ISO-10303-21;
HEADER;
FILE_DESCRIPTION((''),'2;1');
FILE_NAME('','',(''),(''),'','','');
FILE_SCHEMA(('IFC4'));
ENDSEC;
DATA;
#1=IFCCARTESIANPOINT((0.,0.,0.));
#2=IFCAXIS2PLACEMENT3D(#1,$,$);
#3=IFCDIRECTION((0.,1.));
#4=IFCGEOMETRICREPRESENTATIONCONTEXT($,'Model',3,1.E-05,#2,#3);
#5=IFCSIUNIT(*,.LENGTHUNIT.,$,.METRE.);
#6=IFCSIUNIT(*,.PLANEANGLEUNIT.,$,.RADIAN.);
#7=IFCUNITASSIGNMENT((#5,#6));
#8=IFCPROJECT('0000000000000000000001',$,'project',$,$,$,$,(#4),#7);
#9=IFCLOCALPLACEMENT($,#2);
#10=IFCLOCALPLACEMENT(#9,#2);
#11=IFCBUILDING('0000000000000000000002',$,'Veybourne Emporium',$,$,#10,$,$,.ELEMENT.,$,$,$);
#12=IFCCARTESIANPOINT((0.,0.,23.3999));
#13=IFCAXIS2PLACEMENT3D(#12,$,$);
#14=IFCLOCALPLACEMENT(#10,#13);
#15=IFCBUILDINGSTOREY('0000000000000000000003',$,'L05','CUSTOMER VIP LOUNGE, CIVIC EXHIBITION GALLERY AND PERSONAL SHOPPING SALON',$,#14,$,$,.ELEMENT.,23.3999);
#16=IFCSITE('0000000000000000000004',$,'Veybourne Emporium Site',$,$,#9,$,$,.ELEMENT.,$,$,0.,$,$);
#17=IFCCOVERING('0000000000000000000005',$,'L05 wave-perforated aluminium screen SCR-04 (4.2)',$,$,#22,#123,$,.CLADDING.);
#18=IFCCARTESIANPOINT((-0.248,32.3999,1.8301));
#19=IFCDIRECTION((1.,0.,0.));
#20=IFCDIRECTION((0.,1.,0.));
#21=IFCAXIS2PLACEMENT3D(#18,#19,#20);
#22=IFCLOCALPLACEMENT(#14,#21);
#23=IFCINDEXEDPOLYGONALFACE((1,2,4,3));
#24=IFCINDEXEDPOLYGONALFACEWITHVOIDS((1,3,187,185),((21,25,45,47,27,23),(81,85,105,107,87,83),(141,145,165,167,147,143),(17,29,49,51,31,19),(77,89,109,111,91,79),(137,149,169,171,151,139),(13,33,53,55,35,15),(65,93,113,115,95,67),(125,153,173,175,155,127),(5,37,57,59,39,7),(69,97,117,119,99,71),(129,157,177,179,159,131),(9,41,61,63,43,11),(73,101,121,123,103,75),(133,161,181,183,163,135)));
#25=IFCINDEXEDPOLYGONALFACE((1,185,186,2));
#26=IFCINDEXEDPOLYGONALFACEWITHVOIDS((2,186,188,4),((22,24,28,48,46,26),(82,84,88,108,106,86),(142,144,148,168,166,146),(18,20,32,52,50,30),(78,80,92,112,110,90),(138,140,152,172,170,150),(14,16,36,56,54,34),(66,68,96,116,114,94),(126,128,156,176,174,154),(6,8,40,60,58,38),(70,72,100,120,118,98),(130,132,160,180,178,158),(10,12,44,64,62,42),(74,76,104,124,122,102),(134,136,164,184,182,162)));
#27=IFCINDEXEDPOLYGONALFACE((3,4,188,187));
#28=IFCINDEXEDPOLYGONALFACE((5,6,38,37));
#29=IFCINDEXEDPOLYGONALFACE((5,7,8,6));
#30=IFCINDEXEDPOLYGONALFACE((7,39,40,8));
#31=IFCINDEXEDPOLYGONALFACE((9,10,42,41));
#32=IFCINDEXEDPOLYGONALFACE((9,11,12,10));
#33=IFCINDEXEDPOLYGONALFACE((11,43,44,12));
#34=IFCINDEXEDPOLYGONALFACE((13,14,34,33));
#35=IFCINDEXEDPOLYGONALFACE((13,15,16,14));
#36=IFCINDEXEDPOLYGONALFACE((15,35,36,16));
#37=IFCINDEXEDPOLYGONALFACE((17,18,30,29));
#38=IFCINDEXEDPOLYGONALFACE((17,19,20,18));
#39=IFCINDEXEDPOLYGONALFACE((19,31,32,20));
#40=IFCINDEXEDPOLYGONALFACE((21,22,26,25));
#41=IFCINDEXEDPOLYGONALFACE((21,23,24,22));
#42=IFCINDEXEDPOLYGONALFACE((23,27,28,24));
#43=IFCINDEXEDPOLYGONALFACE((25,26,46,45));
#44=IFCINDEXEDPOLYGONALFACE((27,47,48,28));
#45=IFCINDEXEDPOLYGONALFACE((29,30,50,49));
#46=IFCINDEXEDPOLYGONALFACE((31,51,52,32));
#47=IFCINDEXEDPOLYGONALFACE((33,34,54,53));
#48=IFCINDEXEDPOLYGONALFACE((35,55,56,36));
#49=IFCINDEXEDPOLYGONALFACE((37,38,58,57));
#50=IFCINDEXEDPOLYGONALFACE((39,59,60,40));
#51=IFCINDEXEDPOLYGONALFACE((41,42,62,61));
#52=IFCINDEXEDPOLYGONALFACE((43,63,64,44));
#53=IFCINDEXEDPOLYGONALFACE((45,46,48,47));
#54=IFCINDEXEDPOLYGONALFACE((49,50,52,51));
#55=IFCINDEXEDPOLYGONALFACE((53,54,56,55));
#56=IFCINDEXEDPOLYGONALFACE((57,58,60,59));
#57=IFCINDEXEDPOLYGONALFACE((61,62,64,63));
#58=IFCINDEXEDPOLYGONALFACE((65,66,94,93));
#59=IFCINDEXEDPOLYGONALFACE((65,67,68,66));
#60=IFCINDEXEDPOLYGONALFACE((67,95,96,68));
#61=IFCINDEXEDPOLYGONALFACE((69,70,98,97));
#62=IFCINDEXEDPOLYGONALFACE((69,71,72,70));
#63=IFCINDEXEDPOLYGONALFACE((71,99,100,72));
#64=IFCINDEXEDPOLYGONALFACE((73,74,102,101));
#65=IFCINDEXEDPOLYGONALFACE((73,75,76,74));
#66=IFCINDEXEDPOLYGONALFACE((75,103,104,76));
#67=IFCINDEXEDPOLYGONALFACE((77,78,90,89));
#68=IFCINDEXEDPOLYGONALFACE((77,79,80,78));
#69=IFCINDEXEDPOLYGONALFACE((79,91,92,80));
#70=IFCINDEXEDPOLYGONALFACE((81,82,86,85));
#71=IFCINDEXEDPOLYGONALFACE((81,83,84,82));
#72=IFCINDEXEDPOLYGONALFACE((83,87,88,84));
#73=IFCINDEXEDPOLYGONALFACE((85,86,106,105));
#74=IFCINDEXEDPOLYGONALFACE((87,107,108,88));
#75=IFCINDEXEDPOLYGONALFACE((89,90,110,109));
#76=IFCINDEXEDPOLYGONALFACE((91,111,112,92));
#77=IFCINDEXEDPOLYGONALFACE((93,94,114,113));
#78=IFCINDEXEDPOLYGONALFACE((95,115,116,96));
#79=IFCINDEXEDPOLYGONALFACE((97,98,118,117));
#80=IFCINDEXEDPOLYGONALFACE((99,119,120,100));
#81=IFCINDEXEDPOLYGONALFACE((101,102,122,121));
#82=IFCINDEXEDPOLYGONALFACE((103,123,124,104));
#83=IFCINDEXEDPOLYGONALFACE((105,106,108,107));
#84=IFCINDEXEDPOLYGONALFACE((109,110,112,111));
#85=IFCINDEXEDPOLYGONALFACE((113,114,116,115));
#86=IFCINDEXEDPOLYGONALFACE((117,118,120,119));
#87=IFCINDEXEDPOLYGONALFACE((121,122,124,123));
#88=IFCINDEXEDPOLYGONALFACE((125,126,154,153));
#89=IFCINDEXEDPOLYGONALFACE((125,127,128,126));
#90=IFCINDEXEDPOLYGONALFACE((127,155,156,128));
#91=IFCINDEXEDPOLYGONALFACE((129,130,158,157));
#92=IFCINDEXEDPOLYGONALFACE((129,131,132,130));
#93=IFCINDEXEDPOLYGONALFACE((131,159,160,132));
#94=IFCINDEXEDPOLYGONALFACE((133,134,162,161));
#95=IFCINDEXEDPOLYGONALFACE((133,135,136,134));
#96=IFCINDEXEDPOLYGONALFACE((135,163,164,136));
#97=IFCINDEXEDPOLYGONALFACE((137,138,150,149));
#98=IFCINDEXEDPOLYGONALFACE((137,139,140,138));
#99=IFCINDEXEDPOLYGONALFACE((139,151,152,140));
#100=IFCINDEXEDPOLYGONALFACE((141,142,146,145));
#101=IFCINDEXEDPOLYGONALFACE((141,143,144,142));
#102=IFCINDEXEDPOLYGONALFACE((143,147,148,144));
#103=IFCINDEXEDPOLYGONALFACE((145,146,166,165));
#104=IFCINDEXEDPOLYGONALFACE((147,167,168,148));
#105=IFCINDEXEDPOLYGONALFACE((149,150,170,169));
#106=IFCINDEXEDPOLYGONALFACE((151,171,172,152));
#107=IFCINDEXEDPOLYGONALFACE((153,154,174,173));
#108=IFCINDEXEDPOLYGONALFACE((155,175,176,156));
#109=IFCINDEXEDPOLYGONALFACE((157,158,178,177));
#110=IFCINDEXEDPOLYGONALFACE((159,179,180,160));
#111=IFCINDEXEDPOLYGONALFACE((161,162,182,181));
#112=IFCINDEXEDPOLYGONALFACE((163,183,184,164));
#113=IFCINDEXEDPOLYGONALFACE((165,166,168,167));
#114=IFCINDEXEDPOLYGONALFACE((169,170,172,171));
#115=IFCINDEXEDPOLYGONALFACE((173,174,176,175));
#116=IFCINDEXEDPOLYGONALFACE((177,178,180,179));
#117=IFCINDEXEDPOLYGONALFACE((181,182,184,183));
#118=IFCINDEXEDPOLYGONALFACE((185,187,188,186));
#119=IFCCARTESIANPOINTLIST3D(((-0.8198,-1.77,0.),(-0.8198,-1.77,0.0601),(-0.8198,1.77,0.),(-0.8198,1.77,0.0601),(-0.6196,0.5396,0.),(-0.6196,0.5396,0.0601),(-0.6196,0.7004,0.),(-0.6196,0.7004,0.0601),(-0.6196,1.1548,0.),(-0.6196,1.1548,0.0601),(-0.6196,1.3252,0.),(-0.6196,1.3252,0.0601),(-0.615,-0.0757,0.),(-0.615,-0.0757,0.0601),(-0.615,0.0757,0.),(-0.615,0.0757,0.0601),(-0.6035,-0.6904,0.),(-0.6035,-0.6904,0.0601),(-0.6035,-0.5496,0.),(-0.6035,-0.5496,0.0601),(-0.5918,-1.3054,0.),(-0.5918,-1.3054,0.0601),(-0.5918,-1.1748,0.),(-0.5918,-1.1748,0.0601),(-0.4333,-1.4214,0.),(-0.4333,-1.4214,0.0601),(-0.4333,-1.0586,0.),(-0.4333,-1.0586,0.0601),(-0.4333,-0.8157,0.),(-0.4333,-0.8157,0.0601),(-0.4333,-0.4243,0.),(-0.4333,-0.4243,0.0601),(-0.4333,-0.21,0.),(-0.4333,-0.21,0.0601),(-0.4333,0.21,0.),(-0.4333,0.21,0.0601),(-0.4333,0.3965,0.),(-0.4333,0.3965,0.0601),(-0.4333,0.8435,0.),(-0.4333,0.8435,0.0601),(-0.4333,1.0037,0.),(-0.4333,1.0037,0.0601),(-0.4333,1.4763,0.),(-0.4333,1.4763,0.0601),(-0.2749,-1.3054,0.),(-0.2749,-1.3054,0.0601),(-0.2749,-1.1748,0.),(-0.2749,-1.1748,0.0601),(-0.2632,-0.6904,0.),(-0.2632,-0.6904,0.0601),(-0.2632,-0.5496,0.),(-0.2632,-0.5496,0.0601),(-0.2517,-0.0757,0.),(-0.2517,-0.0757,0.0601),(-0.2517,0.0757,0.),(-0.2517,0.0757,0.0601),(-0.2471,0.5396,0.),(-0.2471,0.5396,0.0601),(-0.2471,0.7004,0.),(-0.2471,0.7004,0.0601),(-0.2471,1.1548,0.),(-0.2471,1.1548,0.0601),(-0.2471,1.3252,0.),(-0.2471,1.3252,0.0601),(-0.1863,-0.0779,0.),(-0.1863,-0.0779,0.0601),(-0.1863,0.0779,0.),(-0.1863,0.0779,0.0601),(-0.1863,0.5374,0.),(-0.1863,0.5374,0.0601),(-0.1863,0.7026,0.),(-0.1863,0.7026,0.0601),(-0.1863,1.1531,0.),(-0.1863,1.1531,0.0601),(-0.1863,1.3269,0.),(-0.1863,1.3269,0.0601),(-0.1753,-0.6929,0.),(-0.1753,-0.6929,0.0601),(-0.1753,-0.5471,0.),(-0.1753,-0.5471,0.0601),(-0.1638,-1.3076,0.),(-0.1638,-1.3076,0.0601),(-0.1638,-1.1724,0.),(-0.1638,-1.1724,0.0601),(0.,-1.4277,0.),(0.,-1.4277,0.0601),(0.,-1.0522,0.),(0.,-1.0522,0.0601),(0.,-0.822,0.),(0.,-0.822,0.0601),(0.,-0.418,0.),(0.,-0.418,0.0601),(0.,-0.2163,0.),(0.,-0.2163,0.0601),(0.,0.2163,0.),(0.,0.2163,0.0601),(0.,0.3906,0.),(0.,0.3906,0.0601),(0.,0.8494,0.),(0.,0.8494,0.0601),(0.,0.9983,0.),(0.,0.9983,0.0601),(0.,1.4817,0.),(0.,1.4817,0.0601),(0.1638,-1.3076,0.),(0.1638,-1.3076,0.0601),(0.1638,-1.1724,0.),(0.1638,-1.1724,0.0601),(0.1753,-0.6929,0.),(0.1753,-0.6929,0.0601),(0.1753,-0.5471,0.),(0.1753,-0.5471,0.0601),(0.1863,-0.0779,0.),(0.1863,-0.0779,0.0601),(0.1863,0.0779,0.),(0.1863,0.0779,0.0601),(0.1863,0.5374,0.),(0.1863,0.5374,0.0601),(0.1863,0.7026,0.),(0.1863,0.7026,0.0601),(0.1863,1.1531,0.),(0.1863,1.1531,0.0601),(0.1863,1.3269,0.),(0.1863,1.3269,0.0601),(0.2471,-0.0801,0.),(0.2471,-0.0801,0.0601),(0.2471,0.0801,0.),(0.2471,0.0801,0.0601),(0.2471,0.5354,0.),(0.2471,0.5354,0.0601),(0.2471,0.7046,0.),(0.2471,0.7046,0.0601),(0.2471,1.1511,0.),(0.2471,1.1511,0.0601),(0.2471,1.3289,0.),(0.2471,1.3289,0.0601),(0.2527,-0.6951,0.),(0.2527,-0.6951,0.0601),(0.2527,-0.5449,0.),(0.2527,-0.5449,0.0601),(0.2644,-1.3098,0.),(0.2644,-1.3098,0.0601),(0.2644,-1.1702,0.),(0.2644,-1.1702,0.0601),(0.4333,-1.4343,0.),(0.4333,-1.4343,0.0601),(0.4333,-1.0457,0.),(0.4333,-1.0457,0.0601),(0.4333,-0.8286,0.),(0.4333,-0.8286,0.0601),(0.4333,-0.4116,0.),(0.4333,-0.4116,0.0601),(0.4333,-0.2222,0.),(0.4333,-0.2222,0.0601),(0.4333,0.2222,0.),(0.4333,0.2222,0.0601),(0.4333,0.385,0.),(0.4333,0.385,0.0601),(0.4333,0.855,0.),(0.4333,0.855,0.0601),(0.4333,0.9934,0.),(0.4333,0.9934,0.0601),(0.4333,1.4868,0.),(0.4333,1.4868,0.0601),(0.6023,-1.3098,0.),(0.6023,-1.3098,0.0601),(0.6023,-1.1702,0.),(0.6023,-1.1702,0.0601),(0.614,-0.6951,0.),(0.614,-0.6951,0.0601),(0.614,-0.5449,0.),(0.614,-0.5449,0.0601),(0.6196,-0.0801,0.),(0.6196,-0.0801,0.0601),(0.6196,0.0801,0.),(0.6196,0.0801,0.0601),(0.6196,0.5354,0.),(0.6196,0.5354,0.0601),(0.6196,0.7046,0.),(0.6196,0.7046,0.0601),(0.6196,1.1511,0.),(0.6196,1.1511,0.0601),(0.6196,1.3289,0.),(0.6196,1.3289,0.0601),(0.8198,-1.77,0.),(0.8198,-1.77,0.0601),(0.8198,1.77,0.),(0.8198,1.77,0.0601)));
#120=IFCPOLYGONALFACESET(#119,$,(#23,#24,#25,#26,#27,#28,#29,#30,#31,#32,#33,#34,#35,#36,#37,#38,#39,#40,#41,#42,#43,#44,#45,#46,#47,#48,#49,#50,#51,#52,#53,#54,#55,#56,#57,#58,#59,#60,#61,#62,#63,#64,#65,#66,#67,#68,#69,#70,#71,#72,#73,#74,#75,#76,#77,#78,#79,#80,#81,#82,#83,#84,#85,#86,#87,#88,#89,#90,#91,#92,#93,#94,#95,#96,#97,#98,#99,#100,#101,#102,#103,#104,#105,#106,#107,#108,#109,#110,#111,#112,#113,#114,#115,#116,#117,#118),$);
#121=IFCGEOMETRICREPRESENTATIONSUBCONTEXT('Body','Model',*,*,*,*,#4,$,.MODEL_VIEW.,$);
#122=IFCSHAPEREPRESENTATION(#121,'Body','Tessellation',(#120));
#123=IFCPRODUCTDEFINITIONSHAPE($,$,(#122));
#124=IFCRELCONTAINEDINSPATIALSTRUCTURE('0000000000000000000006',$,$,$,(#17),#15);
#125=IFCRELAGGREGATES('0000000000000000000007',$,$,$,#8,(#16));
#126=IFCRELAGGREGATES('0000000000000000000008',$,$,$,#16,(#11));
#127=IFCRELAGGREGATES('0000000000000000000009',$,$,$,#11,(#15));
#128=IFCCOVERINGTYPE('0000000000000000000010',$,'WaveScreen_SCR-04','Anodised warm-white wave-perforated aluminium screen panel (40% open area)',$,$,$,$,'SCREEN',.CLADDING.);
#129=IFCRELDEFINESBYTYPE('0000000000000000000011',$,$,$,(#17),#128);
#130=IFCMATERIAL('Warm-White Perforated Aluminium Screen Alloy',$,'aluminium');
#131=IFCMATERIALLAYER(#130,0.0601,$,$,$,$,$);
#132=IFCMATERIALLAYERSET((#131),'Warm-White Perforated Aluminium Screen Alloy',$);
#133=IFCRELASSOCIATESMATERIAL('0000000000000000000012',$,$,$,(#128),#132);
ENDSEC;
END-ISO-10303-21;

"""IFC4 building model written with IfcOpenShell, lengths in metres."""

from ifc_helpers import new_model, si_unit, direction, frame, origin, place, context, subcontext, project, spatial, polyline, outline, extrude, material, layer, layer_set, type_object, element, save


model = new_model("IFC4")

# Units and contexts
model_context = context("Model", 3, precision=1e-05, world=origin(), true_north=direction((0.0, 1.0)))
body_context = subcontext(model_context, "Body", "Model", "MODEL_VIEW")
ifc_project = project(units=[si_unit("LENGTHUNIT", "METRE"), si_unit("PLANEANGLEUNIT", "RADIAN")], contexts=[model_context])

# Site, building, storey
site_placement = place(None, origin())
site = spatial("IfcSite", under=ifc_project, at=site_placement, Name="Veybourne Emporium Site", CompositionType="ELEMENT", RefElevation=0.0)
building_placement = place(site_placement, origin())
building = spatial("IfcBuilding", under=site, at=building_placement, Name="Veybourne Emporium", CompositionType="ELEMENT")
storey_placement = place(building_placement, frame((0.0, 0.0, 23.3999)))
storey = spatial("IfcBuildingStorey", under=building, at=storey_placement, Name="L05", Description="CUSTOMER VIP LOUNGE, CIVIC EXHIBITION GALLERY AND PERSONAL SHOPPING SALON", CompositionType="ELEMENT", Elevation=23.3999)

# Covering
ifc_material_1 = material(Name="Warm-White Perforated Aluminium Screen Alloy", Category="aluminium")
ifc_layer_1 = layer(ifc_material_1, 0.0601)
ifc_layer_set_1 = layer_set([ifc_layer_1], Name="Warm-White Perforated Aluminium Screen Alloy")
covering_type_1 = type_object("IfcCoveringType", Name="WaveScreen_SCR-04", Description="Anodised warm-white wave-perforated aluminium screen panel (40% open area)", ElementType="SCREEN", PredefinedType="CLADDING", material=ifc_layer_set_1)
covering_1_placement = place(storey_placement, frame((-0.248, 32.3999, 1.8301), z_axis=(1.0, 0.0, 0.0), x_axis=(0.0, 1.0, 0.0)))
element("IfcCovering", 1, at=covering_1_placement, inside=storey, type_object=covering_type_1, Name="L05 wave-perforated aluminium screen SCR-04 (4.2)", PredefinedType="CLADDING", context=body_context, shape_type="SweptSolid", body=[
    extrude(outline(polyline([(-0.8198, -1.77), (0.8198, -1.77), (0.8198, 1.77), (-0.8198, 1.77), (-0.8198, -1.77)]), holes=[polyline([(-0.4333, -1.0586), (-0.2749, -1.1748), (-0.2749, -1.3054), (-0.4333, -1.4214), (-0.5918, -1.3054), (-0.5918, -1.1748), (-0.4333, -1.0586)]), polyline([(-0.4333, -0.4243), (-0.2632, -0.5496), (-0.2632, -0.6904), (-0.4333, -0.8157), (-0.6035, -0.6904), (-0.6035, -0.5496), (-0.4333, -0.4243)]), polyline([(-0.4333, 0.21), (-0.2517, 0.0757), (-0.2517, -0.0757), (-0.4333, -0.21), (-0.615, -0.0757), (-0.615, 0.0757), (-0.4333, 0.21)]), polyline([(-0.4333, 0.8435), (-0.2471, 0.7004), (-0.2471, 0.5396), (-0.4333, 0.3965), (-0.6196, 0.5396), (-0.6196, 0.7004), (-0.4333, 0.8435)]), polyline([(-0.4333, 1.4763), (-0.2471, 1.3252), (-0.2471, 1.1548), (-0.4333, 1.0037), (-0.6196, 1.1548), (-0.6196, 1.3252), (-0.4333, 1.4763)]), polyline([(0.0, -1.0522), (0.1638, -1.1724), (0.1638, -1.3076), (0.0, -1.4277), (-0.1638, -1.3076), (-0.1638, -1.1724), (0.0, -1.0522)]), polyline([(0.0, -0.418), (0.1753, -0.5471), (0.1753, -0.6929), (0.0, -0.822), (-0.1753, -0.6929), (-0.1753, -0.5471), (0.0, -0.418)]), polyline([(0.0, 0.2163), (0.1863, 0.0779), (0.1863, -0.0779), (0.0, -0.2163), (-0.1863, -0.0779), (-0.1863, 0.0779), (0.0, 0.2163)]), polyline([(0.0, 0.8494), (0.1863, 0.7026), (0.1863, 0.5374), (0.0, 0.3906), (-0.1863, 0.5374), (-0.1863, 0.7026), (0.0, 0.8494)]), polyline([(0.0, 1.4817), (0.1863, 1.3269), (0.1863, 1.1531), (0.0, 0.9983), (-0.1863, 1.1531), (-0.1863, 1.3269), (0.0, 1.4817)]), polyline([(0.4333, -1.0457), (0.6023, -1.1702), (0.6023, -1.3098), (0.4333, -1.4343), (0.2644, -1.3098), (0.2644, -1.1702), (0.4333, -1.0457)]), polyline([(0.4333, -0.4116), (0.614, -0.5449), (0.614, -0.6951), (0.4333, -0.8286), (0.2527, -0.6951), (0.2527, -0.5449), (0.4333, -0.4116)]), polyline([(0.4333, 0.2222), (0.6196, 0.0801), (0.6196, -0.0801), (0.4333, -0.2222), (0.2471, -0.0801), (0.2471, 0.0801), (0.4333, 0.2222)]), polyline([(0.4333, 0.855), (0.6196, 0.7046), (0.6196, 0.5354), (0.4333, 0.385), (0.2471, 0.5354), (0.2471, 0.7046), (0.4333, 0.855)]), polyline([(0.4333, 1.4868), (0.6196, 1.3289), (0.6196, 1.1511), (0.4333, 0.9934), (0.2471, 1.1511), (0.2471, 1.3289), (0.4333, 1.4868)])]), origin(), (0.0, 0.0, 1.0), 0.0601),
])

save(model, "model.ifc")
